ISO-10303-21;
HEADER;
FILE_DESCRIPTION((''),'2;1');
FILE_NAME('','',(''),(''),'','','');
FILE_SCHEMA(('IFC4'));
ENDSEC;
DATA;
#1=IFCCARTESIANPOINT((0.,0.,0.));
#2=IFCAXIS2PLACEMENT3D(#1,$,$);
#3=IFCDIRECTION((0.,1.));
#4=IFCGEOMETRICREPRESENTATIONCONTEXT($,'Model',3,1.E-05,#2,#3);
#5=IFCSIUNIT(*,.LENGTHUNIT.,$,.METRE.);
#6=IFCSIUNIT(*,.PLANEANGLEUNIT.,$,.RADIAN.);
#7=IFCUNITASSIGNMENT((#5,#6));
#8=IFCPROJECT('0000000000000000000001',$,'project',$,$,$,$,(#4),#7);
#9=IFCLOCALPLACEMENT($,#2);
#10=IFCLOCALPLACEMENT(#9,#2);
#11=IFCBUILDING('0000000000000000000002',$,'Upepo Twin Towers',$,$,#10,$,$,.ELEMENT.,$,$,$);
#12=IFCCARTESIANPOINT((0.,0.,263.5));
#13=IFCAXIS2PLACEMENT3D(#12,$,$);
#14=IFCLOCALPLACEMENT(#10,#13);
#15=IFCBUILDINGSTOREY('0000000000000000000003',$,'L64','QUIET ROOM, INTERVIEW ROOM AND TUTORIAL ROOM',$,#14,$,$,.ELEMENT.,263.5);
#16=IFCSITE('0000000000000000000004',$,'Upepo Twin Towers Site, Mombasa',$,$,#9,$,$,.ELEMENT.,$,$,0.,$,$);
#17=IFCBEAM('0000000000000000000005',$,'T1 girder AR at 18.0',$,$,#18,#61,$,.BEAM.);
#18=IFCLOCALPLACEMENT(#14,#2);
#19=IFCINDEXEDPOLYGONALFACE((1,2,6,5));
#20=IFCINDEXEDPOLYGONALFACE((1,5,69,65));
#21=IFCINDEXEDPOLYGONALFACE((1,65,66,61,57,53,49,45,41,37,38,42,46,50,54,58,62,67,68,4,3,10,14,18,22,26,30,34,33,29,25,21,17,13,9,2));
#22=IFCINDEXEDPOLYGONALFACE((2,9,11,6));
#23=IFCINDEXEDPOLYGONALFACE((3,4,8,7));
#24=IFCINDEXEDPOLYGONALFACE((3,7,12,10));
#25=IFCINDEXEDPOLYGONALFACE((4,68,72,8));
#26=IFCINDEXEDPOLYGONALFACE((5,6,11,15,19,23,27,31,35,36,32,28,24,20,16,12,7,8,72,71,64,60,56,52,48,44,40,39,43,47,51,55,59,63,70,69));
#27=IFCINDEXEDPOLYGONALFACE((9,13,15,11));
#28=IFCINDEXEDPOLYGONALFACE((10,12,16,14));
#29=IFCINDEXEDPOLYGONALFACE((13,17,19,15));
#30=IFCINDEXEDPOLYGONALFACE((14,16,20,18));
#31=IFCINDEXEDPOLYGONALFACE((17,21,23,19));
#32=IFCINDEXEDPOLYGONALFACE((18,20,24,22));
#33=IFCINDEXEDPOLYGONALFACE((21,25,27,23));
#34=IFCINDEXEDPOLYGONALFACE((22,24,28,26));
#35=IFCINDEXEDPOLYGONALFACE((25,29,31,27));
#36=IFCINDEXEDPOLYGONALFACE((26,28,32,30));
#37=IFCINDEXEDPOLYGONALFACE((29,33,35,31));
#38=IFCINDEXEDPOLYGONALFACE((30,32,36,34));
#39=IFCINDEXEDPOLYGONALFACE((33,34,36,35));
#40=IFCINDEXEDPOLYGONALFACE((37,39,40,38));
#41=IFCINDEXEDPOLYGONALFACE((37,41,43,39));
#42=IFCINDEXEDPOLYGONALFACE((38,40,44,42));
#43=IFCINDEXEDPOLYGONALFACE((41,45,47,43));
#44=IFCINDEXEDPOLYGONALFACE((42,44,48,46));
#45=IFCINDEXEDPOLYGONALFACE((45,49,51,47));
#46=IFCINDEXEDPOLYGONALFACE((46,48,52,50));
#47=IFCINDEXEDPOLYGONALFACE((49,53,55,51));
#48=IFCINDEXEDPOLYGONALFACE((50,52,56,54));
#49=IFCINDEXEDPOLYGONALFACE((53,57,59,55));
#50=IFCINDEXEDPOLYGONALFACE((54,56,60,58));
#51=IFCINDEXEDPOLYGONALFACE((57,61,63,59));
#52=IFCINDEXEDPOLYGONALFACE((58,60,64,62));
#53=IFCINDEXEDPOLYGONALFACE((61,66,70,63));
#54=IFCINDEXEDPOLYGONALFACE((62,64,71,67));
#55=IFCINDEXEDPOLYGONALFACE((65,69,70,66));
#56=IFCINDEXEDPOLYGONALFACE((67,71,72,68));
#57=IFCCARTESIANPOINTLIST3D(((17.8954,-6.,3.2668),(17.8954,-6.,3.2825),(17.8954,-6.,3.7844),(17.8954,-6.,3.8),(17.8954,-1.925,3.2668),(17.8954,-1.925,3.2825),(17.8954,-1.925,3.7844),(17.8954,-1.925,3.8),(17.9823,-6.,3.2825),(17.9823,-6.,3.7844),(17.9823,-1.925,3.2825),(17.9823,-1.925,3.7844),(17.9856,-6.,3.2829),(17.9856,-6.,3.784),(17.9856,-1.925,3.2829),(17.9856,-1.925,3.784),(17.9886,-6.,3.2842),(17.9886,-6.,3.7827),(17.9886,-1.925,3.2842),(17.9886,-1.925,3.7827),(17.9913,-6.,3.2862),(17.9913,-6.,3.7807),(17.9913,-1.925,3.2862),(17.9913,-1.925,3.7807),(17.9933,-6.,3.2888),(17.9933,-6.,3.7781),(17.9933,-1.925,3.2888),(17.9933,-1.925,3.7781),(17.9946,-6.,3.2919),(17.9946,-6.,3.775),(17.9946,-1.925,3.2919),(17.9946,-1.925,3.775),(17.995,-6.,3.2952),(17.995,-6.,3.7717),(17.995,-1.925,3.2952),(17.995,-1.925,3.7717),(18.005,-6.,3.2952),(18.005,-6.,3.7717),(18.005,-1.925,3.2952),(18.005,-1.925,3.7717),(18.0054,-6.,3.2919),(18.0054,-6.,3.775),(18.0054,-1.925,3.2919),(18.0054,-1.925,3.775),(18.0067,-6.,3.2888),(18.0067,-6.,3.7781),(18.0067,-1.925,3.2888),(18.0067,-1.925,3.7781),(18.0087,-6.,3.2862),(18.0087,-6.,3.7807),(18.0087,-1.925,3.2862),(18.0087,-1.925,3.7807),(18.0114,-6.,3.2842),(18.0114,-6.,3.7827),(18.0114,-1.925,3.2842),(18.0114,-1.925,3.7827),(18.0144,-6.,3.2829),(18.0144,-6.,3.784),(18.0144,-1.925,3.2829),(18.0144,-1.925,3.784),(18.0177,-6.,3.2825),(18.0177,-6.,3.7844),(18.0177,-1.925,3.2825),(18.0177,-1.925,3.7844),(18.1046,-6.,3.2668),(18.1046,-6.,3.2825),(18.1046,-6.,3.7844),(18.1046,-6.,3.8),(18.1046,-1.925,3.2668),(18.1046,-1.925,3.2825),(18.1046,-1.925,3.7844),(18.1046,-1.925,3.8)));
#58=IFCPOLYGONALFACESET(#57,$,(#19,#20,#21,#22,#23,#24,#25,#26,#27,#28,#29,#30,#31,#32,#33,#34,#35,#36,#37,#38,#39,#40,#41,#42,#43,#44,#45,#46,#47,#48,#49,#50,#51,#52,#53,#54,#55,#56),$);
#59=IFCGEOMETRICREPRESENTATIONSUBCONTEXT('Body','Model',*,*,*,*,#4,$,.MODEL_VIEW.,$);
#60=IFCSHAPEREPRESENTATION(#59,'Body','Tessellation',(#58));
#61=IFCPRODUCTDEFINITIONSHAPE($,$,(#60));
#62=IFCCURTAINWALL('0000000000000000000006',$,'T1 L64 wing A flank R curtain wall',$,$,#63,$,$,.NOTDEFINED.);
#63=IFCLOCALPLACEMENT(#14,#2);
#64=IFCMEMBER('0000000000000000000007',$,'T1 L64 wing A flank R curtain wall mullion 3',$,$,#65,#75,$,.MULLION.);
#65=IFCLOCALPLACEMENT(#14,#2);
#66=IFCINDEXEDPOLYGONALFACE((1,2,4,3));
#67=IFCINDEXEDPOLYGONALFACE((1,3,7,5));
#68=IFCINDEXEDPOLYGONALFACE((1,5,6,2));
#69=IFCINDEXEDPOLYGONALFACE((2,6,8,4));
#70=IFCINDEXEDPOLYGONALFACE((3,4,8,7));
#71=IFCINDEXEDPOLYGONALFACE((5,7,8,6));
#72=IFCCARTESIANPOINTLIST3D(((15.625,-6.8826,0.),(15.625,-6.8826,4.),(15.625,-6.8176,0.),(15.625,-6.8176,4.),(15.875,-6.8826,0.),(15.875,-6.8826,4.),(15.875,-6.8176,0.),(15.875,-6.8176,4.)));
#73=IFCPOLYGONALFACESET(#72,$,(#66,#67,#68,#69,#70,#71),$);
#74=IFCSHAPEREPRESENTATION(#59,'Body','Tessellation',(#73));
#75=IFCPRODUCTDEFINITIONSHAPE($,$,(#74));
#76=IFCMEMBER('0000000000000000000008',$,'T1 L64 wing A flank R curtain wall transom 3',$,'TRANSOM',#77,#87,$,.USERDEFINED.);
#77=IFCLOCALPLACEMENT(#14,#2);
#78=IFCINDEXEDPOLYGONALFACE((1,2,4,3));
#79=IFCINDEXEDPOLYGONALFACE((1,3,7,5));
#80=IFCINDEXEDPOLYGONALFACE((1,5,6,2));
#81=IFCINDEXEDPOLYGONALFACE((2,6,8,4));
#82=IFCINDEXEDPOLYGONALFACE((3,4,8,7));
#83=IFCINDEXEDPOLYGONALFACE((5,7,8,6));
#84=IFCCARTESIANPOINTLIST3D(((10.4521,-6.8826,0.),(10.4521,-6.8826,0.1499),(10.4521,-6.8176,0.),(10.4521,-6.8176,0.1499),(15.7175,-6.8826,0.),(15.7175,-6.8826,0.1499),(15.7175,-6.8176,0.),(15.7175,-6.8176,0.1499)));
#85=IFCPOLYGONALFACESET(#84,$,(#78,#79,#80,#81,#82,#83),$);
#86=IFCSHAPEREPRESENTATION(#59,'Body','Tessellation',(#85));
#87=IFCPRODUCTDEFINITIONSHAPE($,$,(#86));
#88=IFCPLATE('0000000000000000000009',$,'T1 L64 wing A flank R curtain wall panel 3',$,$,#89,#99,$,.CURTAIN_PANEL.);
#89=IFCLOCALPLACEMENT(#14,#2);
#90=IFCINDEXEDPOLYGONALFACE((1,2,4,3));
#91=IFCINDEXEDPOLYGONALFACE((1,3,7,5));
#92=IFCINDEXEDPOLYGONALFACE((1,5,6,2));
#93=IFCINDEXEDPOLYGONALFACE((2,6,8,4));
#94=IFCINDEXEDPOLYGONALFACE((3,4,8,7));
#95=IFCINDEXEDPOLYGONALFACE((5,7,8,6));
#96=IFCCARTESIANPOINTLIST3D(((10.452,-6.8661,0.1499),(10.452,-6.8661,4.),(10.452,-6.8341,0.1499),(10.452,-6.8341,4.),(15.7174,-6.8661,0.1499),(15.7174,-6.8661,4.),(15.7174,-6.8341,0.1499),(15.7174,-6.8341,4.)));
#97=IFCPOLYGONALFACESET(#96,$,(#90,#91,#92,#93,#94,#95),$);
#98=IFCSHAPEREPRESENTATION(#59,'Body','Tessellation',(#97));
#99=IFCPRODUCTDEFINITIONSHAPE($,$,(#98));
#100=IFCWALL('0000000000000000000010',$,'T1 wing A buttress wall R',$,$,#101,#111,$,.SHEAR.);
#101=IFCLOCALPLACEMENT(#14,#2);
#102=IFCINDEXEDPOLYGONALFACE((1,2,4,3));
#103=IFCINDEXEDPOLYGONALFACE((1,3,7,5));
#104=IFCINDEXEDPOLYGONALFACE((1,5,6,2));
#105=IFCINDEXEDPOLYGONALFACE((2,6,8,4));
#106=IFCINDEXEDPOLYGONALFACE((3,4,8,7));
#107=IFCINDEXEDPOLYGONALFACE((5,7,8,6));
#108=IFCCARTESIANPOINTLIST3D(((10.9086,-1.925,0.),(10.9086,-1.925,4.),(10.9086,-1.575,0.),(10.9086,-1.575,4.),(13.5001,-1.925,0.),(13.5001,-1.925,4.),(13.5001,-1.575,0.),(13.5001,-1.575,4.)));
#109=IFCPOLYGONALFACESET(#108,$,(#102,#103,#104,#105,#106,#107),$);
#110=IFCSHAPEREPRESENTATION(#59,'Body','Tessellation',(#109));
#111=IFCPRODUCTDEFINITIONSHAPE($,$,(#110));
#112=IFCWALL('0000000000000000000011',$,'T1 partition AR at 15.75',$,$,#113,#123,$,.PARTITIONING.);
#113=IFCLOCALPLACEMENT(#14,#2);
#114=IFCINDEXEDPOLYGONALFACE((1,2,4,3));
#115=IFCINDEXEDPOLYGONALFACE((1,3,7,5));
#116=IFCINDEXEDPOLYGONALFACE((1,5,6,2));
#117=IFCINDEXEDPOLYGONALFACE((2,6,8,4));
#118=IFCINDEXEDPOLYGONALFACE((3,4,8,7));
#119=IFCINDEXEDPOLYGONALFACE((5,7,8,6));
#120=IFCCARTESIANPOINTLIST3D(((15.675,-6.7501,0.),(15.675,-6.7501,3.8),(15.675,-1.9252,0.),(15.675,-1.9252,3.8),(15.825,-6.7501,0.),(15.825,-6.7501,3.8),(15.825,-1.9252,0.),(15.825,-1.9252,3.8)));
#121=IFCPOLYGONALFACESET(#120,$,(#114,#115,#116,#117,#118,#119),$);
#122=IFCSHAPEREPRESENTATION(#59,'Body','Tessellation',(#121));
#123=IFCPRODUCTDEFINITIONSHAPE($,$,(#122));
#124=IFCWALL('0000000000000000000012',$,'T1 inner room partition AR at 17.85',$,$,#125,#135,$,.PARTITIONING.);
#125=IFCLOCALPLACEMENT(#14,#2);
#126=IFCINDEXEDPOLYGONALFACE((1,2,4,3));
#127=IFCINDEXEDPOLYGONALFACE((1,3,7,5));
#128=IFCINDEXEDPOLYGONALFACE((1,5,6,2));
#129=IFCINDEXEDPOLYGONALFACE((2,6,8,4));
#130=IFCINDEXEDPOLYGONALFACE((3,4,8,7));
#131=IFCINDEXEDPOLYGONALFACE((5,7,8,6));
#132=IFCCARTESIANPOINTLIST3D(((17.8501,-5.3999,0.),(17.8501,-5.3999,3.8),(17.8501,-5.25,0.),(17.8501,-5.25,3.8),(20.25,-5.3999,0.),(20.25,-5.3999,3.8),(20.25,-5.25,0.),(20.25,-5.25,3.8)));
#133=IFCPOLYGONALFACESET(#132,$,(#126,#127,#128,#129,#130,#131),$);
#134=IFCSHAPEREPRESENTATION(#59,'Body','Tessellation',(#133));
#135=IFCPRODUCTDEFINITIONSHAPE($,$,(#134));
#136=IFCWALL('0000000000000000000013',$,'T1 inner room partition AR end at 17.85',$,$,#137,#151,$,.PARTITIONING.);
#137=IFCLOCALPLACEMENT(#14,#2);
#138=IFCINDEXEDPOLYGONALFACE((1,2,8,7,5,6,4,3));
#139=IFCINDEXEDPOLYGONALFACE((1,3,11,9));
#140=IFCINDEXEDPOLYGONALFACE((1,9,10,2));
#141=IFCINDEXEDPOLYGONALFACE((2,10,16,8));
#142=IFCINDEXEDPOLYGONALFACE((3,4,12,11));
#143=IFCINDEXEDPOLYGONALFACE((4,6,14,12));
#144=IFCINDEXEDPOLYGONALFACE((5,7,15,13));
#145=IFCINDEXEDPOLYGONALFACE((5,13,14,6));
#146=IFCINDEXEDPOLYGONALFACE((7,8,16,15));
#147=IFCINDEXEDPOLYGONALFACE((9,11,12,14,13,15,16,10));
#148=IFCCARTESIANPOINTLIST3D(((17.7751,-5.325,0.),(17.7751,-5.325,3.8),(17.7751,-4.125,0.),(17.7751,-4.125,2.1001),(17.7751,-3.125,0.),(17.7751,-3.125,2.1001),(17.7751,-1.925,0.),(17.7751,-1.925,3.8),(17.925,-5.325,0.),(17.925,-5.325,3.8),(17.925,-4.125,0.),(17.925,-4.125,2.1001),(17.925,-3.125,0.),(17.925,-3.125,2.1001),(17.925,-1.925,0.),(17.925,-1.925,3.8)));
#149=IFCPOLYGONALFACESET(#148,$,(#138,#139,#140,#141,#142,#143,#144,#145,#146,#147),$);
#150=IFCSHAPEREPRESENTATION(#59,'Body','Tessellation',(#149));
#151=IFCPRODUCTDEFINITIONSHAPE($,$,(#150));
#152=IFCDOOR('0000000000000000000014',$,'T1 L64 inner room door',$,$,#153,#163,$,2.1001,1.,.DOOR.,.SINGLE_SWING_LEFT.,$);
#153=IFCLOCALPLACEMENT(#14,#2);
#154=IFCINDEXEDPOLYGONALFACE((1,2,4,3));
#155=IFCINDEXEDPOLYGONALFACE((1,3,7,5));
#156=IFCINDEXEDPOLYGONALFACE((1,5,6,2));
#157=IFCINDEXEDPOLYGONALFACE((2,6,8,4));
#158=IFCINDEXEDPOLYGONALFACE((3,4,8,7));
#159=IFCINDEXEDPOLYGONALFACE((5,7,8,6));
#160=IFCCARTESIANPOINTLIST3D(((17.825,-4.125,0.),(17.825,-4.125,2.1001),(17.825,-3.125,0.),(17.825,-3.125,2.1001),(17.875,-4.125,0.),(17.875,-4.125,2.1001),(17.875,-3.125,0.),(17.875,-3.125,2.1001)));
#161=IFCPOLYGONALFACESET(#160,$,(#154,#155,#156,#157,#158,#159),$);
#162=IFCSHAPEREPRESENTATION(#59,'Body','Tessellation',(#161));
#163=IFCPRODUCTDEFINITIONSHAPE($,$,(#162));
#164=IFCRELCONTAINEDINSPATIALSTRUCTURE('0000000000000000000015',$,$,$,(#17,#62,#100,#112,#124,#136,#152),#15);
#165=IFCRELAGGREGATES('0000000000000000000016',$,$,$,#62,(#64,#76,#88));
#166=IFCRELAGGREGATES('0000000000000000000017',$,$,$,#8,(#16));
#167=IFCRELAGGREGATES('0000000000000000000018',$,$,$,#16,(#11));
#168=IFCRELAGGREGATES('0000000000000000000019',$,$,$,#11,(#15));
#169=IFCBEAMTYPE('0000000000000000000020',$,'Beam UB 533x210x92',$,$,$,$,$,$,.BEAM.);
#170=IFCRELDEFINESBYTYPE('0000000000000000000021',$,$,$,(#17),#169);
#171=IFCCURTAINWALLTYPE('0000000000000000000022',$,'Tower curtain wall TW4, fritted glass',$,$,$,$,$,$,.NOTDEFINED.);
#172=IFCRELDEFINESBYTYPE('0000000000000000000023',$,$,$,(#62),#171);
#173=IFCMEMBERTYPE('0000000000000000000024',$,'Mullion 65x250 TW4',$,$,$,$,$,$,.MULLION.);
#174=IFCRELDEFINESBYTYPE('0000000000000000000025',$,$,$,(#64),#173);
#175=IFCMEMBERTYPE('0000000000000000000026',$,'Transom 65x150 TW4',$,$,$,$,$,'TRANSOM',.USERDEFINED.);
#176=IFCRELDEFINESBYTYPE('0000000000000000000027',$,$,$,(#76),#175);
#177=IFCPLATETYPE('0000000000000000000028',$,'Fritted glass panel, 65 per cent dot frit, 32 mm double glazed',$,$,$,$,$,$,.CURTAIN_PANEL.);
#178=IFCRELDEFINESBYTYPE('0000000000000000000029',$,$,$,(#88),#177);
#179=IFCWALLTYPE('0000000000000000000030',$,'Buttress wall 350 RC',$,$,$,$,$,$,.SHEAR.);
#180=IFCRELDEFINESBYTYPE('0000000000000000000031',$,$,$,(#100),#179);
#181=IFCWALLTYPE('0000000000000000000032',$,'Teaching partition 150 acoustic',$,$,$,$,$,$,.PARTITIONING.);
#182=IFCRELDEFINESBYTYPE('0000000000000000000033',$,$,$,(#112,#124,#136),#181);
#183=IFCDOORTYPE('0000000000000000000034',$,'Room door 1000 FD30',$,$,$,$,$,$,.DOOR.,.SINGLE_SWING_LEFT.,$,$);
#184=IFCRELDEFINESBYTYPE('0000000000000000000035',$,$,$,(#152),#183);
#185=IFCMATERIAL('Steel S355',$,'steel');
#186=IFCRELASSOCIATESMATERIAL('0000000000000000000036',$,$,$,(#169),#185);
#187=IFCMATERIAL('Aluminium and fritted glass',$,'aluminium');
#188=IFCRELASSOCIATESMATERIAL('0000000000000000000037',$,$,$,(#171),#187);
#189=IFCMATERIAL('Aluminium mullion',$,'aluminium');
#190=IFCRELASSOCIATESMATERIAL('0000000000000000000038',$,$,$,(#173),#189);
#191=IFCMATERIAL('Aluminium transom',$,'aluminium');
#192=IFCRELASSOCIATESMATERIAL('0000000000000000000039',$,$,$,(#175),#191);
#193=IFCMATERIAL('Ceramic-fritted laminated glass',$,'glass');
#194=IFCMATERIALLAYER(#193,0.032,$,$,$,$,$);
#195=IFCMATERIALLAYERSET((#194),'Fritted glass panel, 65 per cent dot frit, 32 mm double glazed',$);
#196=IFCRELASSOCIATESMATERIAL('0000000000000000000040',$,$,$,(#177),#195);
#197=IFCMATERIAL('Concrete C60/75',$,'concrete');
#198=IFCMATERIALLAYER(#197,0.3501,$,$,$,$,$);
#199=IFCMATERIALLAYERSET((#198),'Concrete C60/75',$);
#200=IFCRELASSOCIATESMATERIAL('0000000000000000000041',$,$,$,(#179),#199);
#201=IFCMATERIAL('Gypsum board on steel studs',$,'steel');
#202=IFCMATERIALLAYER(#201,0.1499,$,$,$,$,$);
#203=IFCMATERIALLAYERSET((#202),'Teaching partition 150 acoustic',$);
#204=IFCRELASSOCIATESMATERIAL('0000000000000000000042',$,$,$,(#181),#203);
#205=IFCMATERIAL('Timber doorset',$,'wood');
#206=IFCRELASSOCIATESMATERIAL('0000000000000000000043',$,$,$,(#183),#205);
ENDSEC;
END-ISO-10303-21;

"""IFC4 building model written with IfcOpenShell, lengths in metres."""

from ifc_helpers import new_model, si_unit, direction, frame, frame_2d, origin, origin_2d, place, context, subcontext, project, spatial, rectangle, i_section, extrude, material, layer, layer_set, material_profile, profile_set, type_object, element, fill, aggregate, save


model = new_model("IFC4")

# Units and contexts
model_context = context("Model", 3, precision=1e-05, world=origin(), true_north=direction((0.0, 1.0)))
body_context = subcontext(model_context, "Body", "Model", "MODEL_VIEW")
ifc_project = project(units=[si_unit("LENGTHUNIT", "METRE"), si_unit("PLANEANGLEUNIT", "RADIAN")], contexts=[model_context])

# Site, building, storey
site_placement = place(None, origin())
site = spatial("IfcSite", under=ifc_project, at=site_placement, Name="Upepo Twin Towers Site, Mombasa", CompositionType="ELEMENT", RefElevation=0.0)
building_placement = place(site_placement, origin())
building = spatial("IfcBuilding", under=site, at=building_placement, Name="Upepo Twin Towers", CompositionType="ELEMENT")
storey_placement = place(building_placement, frame((0.0, 0.0, 263.5)))
storey = spatial("IfcBuildingStorey", under=building, at=storey_placement, Name="L64", Description="QUIET ROOM, INTERVIEW ROOM AND TUTORIAL ROOM", CompositionType="ELEMENT", Elevation=263.5)

# Beam
ifc_material_1 = material(Name="Steel S355", Category="steel")
ifc_material_profile_1 = material_profile(ifc_material_1, i_section(OverallWidth=0.2092, OverallDepth=0.5332, WebThickness=0.01, FlangeThickness=0.0156, FilletRadius=0.0127, at=origin_2d()), Name="UB 533x210x92")
ifc_profile_set_1 = profile_set([ifc_material_profile_1], Name="Steel S355")
beam_type_1 = type_object("IfcBeamType", Name="Beam UB 533x210x92", PredefinedType="BEAM", material=ifc_profile_set_1)
for number, where, z_axis, x_axis, name in (
    (1, (18.0, -6.0, 3.5334), (0.0, 1.0, 0.0), (-1.0, 0.0, 0.0), "T1 girder AR at 18.0"),
):
    element("IfcBeam", number, at=place(storey_placement, frame(where, z_axis=z_axis, x_axis=x_axis)), inside=storey, type_object=beam_type_1, Name=name, PredefinedType="BEAM", context=body_context, shape_type="SweptSolid", body=[
        extrude(i_section(OverallWidth=0.2092, OverallDepth=0.5332, WebThickness=0.01, FlangeThickness=0.0156, FilletRadius=0.0127, at=origin_2d()), origin(), (0.0, 0.0, 1.0), 4.075),
    ])

# Curtain wall, members, plate
ifc_material_2 = material(Name="Aluminium and fritted glass", Category="aluminium")
curtain_wall_type = type_object("IfcCurtainWallType", Name="Tower curtain wall TW4, fritted glass", PredefinedType="NOTDEFINED", material=ifc_material_2)
curtain_wall_placement = place(storey_placement, origin())
curtain_wall = element("IfcCurtainWall", 2, at=curtain_wall_placement, inside=storey, type_object=curtain_wall_type, Name="T1 L64 wing A flank R curtain wall", PredefinedType="NOTDEFINED")
ifc_material_3 = material(Name="Aluminium mullion", Category="aluminium")
ifc_material_profile_2 = material_profile(ifc_material_3, rectangle(XDim=0.0649, YDim=0.25, at=origin_2d()), Name="MULLION 65x250")
ifc_profile_set_2 = profile_set([ifc_material_profile_2], Name="Aluminium mullion")
member_type_1 = type_object("IfcMemberType", Name="Mullion 65x250 TW4", PredefinedType="MULLION", material=ifc_profile_set_2)
member_1_placement = place(storey_placement, frame((15.75, -6.8501, 0.0), z_axis=(0.0, 0.0, 1.0), x_axis=(0.0, -1.0, 0.0)))
member_1 = element("IfcMember", 3, at=member_1_placement, type_object=member_type_1, Name="T1 L64 wing A flank R curtain wall mullion 3", PredefinedType="MULLION", context=body_context, shape_type="SweptSolid", body=[
    extrude(rectangle(XDim=0.0649, YDim=0.25, at=origin_2d()), origin(), (0.0, 0.0, 1.0), 4.0),
])
ifc_material_4 = material(Name="Aluminium transom", Category="aluminium")
ifc_material_profile_3 = material_profile(ifc_material_4, rectangle(XDim=0.0649, YDim=0.1499, at=origin_2d()), Name="TRANSOM 65x150")
ifc_profile_set_3 = profile_set([ifc_material_profile_3], Name="Aluminium transom")
member_type_2 = type_object("IfcMemberType", Name="Transom 65x150 TW4", ElementType="TRANSOM", PredefinedType="USERDEFINED", material=ifc_profile_set_3)
member_2_placement = place(storey_placement, frame((15.7175, -6.8501, 0.075), z_axis=(-1.0, 0.0, 0.0), x_axis=(0.0, -1.0, 0.0)))
member_2 = element("IfcMember", 4, at=member_2_placement, type_object=member_type_2, Name="T1 L64 wing A flank R curtain wall transom 3", ObjectType="TRANSOM", PredefinedType="USERDEFINED", context=body_context, shape_type="SweptSolid", body=[
    extrude(rectangle(XDim=0.0649, YDim=0.1499, at=origin_2d()), origin(), (0.0, 0.0, 1.0), 5.2654),
])
ifc_material_5 = material(Name="Ceramic-fritted laminated glass", Category="glass")
ifc_layer_1 = layer(ifc_material_5, 0.032)
ifc_layer_set_1 = layer_set([ifc_layer_1], Name="Fritted glass panel, 65 per cent dot frit, 32 mm double glazed")
plate_type = type_object("IfcPlateType", Name="Fritted glass panel, 65 per cent dot frit, 32 mm double glazed", PredefinedType="CURTAIN_PANEL", material=ifc_layer_set_1)
plate_placement = place(storey_placement, frame((13.0847, -6.8501, 0.1499), z_axis=(0.0, 0.0, 1.0), x_axis=(-1.0, 0.0, 0.0)))
plate = element("IfcPlate", 5, at=plate_placement, type_object=plate_type, Name="T1 L64 wing A flank R curtain wall panel 3", PredefinedType="CURTAIN_PANEL", context=body_context, shape_type="SweptSolid", body=[
    extrude(rectangle(XDim=5.2654, YDim=0.032, at=origin_2d()), origin(), (0.0, 0.0, 1.0), 3.8501),
])
aggregate(curtain_wall, [member_1, member_2, plate])

# Walls
ifc_material_6 = material(Name="Concrete C60/75", Category="concrete")
ifc_layer_2 = layer(ifc_material_6, 0.3501)
ifc_layer_set_2 = layer_set([ifc_layer_2], Name="Concrete C60/75")
wall_type_1 = type_object("IfcWallType", Name="Buttress wall 350 RC", PredefinedType="SHEAR", material=ifc_layer_set_2)
wall_1_placement = place(storey_placement, frame((10.9084, -1.75, 0.0), z_axis=(0.0, 0.0, 1.0), x_axis=(1.0, 0.0, 0.0)))
element("IfcWall", 6, at=wall_1_placement, inside=storey, type_object=wall_type_1, Name="T1 wing A buttress wall R", PredefinedType="SHEAR", context=body_context, shape_type="SweptSolid", body=[
    extrude(rectangle(XDim=2.5916, YDim=0.3501, at=frame_2d((1.2959, 0.0))), origin(), (0.0, 0.0, 1.0), 4.0),
])
ifc_material_7 = material(Name="Gypsum board on steel studs", Category="steel")
ifc_layer_3 = layer(ifc_material_7, 0.1499)
ifc_layer_set_3 = layer_set([ifc_layer_3], Name="Teaching partition 150 acoustic")
wall_type_2 = type_object("IfcWallType", Name="Teaching partition 150 acoustic", PredefinedType="PARTITIONING", material=ifc_layer_set_3)
wall_2_placement = place(storey_placement, frame((15.75, -1.925, 0.0), z_axis=(0.0, 0.0, 1.0), x_axis=(0.0, -1.0, 0.0)))
element("IfcWall", 7, at=wall_2_placement, inside=storey, type_object=wall_type_2, Name="T1 partition AR at 15.75", PredefinedType="PARTITIONING", context=body_context, shape_type="SweptSolid", body=[
    extrude(rectangle(XDim=4.825, YDim=0.1499, at=frame_2d((2.4126, 0.0))), origin(), (0.0, 0.0, 1.0), 3.8),
])
wall_3_placement = place(storey_placement, frame((17.8501, -5.325, 0.0), z_axis=(0.0, 0.0, 1.0), x_axis=(1.0, 0.0, 0.0)))
element("IfcWall", 8, at=wall_3_placement, inside=storey, type_object=wall_type_2, Name="T1 inner room partition AR at 17.85", PredefinedType="PARTITIONING", context=body_context, shape_type="SweptSolid", body=[
    extrude(rectangle(XDim=2.3999, YDim=0.1499, at=frame_2d((1.2, 0.0))), origin(), (0.0, 0.0, 1.0), 3.8),
])

# Wall, opening, door
wall_4_placement = place(storey_placement, frame((17.8501, -1.925, 0.0), z_axis=(0.0, 0.0, 1.0), x_axis=(0.0, -1.0, 0.0)))
wall_4 = element("IfcWall", 9, at=wall_4_placement, inside=storey, type_object=wall_type_2, Name="T1 inner room partition AR end at 17.85", PredefinedType="PARTITIONING", context=body_context, shape_type="SweptSolid", body=[
    extrude(rectangle(XDim=3.3999, YDim=0.1499, at=frame_2d((1.7, 0.0))), origin(), (0.0, 0.0, 1.0), 3.8),
])
opening_1_placement = place(wall_4_placement, frame((1.2, 0.0, 0.0)))
opening_1 = element("IfcOpeningElement", 10, at=opening_1_placement, cuts=wall_4, PredefinedType="OPENING", context=body_context, shape_type="SweptSolid", body=[
    extrude(rectangle(XDim=1.0, YDim=2.1001, at=frame_2d((0.5, 1.05))), frame((0.0, 0.085, 0.0), z_axis=(0.0, -1.0, 0.0), x_axis=(1.0, 0.0, 0.0)), (0.0, 0.0, 1.0), 0.1699),
])
ifc_material_8 = material(Name="Timber doorset", Category="wood")
door_type_1 = type_object("IfcDoorType", Name="Room door 1000 FD30", OperationType="SINGLE_SWING_LEFT", PredefinedType="DOOR", material=ifc_material_8)
door_1_placement = place(opening_1_placement, origin())
door_1 = element("IfcDoor", 11, at=door_1_placement, inside=storey, type_object=door_type_1, Name="T1 L64 inner room door", OperationType="SINGLE_SWING_LEFT", OverallHeight=2.1001, OverallWidth=1.0, PredefinedType="DOOR", context=body_context, shape_type="SweptSolid", body=[
    extrude(rectangle(XDim=1.0, YDim=2.1001, at=frame_2d((0.5, 1.05))), frame((0.0, 0.0249, 0.0), z_axis=(0.0, -1.0, 0.0), x_axis=(1.0, 0.0, 0.0)), (0.0, 0.0, 1.0), 0.05),
])
fill(opening_1, door_1)

save(model, "model.ifc")
